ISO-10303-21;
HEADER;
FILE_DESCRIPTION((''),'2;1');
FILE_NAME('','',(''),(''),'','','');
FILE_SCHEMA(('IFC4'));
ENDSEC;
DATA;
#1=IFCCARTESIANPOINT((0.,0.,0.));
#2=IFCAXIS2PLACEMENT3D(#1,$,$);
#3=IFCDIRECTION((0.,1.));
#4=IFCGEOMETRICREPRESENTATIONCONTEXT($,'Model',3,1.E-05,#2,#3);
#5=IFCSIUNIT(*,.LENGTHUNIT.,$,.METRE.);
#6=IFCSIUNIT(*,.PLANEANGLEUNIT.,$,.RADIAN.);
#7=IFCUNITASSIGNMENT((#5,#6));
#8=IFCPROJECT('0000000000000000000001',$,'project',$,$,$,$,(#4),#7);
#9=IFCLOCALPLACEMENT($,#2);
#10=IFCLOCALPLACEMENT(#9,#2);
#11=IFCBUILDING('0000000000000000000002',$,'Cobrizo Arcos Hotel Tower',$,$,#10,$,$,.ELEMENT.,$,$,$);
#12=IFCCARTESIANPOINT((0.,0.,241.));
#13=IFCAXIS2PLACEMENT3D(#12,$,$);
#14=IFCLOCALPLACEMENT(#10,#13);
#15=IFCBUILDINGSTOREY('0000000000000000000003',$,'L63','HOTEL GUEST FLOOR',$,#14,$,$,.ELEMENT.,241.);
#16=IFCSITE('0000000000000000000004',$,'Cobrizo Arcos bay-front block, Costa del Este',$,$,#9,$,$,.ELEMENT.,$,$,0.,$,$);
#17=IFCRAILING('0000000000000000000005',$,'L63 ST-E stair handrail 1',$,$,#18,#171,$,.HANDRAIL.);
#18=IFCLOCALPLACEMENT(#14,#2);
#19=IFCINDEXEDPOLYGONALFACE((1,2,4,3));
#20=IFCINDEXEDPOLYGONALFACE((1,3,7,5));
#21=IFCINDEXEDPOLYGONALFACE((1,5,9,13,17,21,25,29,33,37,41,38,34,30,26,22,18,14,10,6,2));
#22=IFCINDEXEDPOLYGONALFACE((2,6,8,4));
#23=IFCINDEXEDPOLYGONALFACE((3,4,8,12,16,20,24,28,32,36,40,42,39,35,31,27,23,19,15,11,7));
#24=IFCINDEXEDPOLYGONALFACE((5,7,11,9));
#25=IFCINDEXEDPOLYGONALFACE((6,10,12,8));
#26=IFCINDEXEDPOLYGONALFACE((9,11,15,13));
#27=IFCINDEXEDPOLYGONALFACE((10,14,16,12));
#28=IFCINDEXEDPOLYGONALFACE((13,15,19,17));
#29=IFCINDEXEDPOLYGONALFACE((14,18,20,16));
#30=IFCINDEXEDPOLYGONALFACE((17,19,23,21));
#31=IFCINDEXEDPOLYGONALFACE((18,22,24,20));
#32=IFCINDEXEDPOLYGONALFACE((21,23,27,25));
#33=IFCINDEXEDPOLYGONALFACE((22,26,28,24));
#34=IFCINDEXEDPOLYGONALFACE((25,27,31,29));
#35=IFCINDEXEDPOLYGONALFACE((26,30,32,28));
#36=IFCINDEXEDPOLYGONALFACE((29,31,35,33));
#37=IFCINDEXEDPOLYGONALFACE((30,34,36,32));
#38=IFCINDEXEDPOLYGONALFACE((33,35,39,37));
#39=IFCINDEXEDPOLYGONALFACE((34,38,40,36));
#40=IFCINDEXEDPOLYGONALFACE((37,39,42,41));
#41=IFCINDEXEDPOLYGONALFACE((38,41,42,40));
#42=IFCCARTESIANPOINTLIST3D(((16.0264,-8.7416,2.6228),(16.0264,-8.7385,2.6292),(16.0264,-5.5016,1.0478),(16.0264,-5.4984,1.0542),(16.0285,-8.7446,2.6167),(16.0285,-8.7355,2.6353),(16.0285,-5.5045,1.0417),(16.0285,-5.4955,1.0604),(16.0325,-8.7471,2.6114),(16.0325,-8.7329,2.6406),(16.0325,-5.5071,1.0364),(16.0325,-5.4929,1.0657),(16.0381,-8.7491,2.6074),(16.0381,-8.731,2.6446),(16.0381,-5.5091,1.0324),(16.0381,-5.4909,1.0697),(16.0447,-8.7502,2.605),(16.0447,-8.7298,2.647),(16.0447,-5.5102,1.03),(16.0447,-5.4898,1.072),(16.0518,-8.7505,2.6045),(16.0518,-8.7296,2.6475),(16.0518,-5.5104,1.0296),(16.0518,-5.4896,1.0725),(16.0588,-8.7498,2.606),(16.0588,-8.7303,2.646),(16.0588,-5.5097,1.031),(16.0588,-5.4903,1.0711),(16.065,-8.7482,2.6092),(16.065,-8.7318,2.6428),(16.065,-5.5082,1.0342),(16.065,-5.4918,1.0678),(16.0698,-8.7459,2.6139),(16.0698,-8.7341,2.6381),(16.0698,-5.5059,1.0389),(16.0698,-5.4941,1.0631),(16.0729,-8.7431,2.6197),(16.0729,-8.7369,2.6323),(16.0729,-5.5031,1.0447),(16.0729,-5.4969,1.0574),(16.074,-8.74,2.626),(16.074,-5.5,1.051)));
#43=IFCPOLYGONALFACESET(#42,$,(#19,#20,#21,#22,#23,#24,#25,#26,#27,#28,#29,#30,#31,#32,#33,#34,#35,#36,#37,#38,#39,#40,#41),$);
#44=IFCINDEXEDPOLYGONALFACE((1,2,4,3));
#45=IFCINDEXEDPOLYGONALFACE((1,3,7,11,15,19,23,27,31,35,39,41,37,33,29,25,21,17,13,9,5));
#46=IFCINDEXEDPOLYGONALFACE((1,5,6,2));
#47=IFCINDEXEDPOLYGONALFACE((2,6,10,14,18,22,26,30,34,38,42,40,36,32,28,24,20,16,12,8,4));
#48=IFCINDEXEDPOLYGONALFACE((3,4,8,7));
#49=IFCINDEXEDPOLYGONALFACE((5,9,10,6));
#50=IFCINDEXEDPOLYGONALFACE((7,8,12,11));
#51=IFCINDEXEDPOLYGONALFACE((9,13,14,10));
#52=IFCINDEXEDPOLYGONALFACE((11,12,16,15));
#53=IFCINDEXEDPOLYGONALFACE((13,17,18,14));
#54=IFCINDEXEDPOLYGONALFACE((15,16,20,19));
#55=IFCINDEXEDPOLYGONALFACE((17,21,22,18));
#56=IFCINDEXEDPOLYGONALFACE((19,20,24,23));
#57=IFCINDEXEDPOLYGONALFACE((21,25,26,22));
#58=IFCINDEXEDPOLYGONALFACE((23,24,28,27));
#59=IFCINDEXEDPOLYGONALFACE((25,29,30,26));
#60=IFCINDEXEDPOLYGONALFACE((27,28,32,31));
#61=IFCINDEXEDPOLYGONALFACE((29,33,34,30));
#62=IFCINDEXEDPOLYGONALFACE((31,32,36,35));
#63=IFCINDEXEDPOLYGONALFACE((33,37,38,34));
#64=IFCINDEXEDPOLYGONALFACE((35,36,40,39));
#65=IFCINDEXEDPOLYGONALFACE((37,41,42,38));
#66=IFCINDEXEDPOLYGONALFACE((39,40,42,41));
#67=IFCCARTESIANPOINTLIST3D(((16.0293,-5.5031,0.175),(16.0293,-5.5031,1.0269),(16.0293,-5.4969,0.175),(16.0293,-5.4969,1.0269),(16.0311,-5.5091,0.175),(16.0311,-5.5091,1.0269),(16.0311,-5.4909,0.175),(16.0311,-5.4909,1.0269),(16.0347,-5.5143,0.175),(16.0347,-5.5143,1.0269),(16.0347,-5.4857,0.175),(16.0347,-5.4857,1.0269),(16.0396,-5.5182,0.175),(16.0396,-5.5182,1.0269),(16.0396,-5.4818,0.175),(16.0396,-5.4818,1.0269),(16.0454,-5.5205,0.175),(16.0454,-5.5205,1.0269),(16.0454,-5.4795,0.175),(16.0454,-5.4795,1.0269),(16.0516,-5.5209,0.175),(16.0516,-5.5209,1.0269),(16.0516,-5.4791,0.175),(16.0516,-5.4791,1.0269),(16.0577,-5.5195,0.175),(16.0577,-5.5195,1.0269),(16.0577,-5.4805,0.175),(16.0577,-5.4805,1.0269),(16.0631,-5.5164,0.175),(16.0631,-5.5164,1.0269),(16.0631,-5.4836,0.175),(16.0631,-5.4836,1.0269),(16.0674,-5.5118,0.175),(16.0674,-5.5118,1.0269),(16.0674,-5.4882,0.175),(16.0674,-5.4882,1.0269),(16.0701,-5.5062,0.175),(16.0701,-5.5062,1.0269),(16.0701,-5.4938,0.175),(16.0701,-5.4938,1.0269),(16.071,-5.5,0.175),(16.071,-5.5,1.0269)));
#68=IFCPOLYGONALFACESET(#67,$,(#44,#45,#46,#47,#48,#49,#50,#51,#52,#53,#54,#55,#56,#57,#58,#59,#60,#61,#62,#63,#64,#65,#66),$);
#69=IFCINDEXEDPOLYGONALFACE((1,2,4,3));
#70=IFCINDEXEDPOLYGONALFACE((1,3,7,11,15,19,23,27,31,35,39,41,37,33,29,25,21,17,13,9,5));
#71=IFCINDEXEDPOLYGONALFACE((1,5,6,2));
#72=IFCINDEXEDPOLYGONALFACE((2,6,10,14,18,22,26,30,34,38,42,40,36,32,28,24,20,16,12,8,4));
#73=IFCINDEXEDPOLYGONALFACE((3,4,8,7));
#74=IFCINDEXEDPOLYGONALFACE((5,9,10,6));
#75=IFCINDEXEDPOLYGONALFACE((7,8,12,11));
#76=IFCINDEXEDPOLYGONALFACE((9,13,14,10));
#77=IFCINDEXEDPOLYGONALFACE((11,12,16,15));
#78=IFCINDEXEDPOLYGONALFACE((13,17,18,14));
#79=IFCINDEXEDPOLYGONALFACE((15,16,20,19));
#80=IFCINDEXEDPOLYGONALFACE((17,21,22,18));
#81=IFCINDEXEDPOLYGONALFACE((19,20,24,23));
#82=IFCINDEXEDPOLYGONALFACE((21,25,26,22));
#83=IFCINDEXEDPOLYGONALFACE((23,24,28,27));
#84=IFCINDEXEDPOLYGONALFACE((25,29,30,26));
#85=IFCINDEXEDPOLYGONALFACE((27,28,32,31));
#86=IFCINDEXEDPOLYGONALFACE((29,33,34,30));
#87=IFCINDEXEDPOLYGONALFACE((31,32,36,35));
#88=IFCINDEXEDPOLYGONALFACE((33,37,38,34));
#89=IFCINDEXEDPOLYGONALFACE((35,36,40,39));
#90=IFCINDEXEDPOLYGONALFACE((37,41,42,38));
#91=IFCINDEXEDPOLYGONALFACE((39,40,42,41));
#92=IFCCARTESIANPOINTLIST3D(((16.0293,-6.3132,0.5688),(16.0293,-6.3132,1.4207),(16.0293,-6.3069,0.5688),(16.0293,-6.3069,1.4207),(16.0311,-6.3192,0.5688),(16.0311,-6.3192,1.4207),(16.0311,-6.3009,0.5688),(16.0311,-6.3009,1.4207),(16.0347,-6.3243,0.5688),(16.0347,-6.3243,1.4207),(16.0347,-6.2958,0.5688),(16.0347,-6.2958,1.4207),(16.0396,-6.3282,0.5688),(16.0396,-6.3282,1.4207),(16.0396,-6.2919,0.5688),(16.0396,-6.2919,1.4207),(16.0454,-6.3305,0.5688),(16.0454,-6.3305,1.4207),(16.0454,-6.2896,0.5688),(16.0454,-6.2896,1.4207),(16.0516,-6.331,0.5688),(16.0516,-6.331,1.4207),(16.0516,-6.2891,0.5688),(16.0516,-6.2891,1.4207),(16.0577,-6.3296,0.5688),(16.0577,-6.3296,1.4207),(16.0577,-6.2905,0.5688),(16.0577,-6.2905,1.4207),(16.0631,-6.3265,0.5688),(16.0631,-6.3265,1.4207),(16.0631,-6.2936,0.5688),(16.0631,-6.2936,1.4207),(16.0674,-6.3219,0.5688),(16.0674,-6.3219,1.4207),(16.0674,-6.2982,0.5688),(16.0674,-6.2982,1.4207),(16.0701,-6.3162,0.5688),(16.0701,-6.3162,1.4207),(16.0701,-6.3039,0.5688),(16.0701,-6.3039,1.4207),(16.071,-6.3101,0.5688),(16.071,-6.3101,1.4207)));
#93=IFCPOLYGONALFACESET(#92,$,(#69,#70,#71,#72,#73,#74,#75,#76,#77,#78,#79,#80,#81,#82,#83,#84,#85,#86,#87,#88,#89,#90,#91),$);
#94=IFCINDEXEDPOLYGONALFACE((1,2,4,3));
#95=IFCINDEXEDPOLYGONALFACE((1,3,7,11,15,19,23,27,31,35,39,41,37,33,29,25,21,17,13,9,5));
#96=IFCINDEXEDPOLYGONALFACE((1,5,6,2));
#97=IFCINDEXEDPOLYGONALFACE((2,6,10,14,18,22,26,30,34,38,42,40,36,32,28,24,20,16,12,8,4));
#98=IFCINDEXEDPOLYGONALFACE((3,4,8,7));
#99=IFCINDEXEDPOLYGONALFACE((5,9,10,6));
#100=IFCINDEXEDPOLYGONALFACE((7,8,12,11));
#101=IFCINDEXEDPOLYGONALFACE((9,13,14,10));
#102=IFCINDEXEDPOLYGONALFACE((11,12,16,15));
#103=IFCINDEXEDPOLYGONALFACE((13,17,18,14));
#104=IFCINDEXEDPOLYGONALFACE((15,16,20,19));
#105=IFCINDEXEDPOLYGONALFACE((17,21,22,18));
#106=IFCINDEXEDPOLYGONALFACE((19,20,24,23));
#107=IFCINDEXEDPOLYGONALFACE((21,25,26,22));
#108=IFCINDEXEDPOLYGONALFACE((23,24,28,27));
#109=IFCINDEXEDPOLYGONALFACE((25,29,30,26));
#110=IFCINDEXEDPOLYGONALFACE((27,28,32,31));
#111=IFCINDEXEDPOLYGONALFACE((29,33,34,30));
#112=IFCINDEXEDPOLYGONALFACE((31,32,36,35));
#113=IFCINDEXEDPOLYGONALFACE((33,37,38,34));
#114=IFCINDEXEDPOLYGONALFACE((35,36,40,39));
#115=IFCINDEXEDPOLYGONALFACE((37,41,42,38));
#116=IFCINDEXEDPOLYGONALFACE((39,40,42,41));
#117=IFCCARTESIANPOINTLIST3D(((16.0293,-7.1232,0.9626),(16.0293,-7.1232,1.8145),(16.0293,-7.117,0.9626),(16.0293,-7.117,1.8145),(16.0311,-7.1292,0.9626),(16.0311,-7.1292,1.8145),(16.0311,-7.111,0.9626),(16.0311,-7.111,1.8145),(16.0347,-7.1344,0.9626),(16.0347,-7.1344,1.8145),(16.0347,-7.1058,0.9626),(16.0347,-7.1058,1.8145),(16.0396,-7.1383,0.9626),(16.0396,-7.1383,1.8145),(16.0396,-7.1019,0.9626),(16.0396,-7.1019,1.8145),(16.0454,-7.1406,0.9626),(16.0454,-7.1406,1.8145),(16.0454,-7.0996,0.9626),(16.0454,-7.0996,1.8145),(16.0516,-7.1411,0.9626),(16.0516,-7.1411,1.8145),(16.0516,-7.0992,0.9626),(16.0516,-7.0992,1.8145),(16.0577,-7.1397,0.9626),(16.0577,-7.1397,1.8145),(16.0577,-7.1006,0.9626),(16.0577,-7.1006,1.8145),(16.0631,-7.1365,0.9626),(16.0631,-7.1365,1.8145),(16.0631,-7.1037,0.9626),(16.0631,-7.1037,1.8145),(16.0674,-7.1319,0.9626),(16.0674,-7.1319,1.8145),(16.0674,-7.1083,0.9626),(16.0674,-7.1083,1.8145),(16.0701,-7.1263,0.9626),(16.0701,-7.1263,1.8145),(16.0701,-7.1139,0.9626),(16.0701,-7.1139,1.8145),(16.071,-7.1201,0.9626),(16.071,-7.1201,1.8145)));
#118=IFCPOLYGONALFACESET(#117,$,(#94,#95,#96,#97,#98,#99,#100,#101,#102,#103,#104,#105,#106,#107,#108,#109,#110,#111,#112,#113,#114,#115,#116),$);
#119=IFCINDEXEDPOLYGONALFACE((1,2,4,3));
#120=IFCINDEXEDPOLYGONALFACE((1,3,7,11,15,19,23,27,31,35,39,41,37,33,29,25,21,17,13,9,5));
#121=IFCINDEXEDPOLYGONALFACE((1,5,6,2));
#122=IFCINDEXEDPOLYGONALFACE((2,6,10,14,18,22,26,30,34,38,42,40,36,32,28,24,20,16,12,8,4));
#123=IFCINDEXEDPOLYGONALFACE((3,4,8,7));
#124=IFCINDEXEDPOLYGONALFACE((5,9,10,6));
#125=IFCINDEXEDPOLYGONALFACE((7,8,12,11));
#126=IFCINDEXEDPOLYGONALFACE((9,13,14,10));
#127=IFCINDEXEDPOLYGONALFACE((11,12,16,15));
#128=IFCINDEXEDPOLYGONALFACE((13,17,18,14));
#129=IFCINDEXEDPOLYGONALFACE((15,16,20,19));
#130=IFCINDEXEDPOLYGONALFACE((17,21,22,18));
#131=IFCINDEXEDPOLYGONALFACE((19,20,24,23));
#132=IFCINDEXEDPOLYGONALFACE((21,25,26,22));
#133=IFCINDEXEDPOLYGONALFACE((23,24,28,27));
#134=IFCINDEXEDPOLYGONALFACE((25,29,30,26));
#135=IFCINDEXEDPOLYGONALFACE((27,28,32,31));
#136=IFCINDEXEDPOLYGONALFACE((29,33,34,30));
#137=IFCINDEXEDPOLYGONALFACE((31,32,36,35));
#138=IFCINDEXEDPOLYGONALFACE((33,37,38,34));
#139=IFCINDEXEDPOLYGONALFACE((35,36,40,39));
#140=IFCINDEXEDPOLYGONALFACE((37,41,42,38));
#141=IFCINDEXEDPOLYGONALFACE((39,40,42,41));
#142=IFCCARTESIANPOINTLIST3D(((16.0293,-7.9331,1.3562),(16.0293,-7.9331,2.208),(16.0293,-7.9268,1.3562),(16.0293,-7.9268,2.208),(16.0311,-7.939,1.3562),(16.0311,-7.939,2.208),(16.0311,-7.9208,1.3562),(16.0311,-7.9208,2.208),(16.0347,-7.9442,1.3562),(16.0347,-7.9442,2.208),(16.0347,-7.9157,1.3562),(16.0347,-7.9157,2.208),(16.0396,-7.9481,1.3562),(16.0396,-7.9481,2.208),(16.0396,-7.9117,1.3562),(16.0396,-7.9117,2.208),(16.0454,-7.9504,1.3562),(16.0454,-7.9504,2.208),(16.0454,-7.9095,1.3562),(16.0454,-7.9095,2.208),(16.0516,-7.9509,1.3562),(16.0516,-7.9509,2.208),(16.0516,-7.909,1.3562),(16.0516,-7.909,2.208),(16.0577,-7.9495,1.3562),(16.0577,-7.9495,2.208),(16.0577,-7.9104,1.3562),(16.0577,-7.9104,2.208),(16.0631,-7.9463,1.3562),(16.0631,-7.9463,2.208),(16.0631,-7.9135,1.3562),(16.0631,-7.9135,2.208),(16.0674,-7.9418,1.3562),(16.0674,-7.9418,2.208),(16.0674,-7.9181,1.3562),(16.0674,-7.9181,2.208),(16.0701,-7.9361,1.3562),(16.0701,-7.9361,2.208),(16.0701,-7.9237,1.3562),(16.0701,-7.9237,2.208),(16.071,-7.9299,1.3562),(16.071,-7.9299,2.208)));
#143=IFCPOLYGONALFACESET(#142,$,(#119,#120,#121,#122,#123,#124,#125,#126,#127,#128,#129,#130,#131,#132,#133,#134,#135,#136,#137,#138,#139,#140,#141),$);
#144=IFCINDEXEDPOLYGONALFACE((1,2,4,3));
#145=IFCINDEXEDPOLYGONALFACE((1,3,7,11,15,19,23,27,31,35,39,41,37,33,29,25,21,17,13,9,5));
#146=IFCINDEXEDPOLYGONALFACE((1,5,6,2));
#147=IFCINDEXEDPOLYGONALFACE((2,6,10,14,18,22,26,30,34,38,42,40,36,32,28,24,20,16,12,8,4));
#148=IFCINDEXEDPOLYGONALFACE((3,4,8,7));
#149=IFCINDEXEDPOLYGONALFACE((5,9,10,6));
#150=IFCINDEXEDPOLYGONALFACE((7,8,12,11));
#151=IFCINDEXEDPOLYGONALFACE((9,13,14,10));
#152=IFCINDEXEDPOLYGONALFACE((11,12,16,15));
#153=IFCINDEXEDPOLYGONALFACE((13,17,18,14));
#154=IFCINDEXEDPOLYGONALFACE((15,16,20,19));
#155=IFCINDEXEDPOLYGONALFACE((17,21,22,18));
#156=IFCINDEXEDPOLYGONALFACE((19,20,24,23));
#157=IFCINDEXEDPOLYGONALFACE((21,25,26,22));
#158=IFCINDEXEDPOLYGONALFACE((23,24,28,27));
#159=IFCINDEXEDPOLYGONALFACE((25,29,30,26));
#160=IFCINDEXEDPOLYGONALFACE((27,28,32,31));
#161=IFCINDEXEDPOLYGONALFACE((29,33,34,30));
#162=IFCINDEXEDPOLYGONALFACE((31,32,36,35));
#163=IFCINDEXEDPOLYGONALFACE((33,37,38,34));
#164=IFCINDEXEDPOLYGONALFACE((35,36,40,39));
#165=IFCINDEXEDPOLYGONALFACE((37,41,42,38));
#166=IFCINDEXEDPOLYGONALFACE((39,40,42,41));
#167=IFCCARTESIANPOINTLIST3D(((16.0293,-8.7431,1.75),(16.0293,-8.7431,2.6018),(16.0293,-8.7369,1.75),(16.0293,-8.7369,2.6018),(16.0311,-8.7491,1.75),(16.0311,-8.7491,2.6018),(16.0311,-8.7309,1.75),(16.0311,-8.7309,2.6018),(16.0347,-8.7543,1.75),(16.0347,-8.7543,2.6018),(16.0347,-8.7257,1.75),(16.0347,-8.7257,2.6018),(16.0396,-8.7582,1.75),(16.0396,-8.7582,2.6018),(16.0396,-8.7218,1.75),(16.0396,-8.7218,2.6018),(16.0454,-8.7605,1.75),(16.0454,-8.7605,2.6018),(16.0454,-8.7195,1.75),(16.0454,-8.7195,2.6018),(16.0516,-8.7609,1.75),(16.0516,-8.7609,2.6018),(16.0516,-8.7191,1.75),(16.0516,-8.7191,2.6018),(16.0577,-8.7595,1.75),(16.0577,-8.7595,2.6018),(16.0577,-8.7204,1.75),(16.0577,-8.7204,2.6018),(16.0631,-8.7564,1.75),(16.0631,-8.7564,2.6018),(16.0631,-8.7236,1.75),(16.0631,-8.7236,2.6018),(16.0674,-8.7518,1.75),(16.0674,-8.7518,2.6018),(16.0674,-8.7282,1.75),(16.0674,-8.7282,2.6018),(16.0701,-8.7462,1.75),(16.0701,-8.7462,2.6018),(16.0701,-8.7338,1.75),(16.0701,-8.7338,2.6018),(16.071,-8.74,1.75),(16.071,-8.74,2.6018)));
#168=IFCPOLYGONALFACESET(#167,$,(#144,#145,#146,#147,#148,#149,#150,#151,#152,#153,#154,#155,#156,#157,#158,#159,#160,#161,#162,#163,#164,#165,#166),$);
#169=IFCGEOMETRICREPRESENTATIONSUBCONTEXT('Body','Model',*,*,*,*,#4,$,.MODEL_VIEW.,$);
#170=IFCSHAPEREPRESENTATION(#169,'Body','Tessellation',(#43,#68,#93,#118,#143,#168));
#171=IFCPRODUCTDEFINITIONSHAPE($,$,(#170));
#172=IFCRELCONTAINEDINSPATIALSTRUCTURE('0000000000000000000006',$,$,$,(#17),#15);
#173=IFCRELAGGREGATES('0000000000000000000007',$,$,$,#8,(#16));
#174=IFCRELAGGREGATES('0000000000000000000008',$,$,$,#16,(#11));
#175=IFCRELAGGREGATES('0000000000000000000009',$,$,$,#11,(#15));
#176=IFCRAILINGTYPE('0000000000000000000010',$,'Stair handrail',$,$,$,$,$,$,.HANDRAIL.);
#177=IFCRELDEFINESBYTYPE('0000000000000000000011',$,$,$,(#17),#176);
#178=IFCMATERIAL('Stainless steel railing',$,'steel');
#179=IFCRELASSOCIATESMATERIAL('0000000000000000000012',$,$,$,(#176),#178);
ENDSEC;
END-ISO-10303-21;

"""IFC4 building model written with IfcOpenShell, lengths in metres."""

from ifc_helpers import new_model, si_unit, direction, frame, origin, origin_2d, place, context, subcontext, project, spatial, circle, extrude, material, type_object, element, save


model = new_model("IFC4")

# Units and contexts
model_context = context("Model", 3, precision=1e-05, world=origin(), true_north=direction((0.0, 1.0)))
body_context = subcontext(model_context, "Body", "Model", "MODEL_VIEW")
ifc_project = project(units=[si_unit("LENGTHUNIT", "METRE"), si_unit("PLANEANGLEUNIT", "RADIAN")], contexts=[model_context])

# Site, building, storey
site_placement = place(None, origin())
site = spatial("IfcSite", under=ifc_project, at=site_placement, Name="Cobrizo Arcos bay-front block, Costa del Este", CompositionType="ELEMENT", RefElevation=0.0)
building_placement = place(site_placement, origin())
building = spatial("IfcBuilding", under=site, at=building_placement, Name="Cobrizo Arcos Hotel Tower", CompositionType="ELEMENT")
storey_placement = place(building_placement, frame((0.0, 0.0, 241.0)))
storey = spatial("IfcBuildingStorey", under=building, at=storey_placement, Name="L63", Description="HOTEL GUEST FLOOR", CompositionType="ELEMENT", Elevation=241.0)

# Railing
ifc_material_1 = material(Name="Stainless steel railing", Category="steel")
railing_type_1 = type_object("IfcRailingType", Name="Stair handrail", PredefinedType="HANDRAIL", material=ifc_material_1)
railing_1_placement = place(storey_placement, frame((16.05, -5.5, 0.175)))
element("IfcRailing", 1, at=railing_1_placement, inside=storey, type_object=railing_type_1, Name="L63 ST-E stair handrail 1", PredefinedType="HANDRAIL", context=body_context, shape_type="SweptSolid", body=[
    extrude(circle(Radius=0.0239, at=origin_2d()), frame((0.0, 0.0, 0.876), z_axis=(0.0, -0.899373, 0.437183), x_axis=(1.0, 0.0, 0.0)), (0.0, 0.0, 1.0), 3.6025),
    extrude(circle(Radius=0.021, at=origin_2d()), origin(), (0.0, 0.0, 1.0), 0.8518),
    extrude(circle(Radius=0.021, at=origin_2d()), frame((0.0, -0.8101, 0.3938)), (0.0, 0.0, 1.0), 0.8518),
    extrude(circle(Radius=0.021, at=origin_2d()), frame((0.0, -1.6201, 0.7876)), (0.0, 0.0, 1.0), 0.8518),
    extrude(circle(Radius=0.021, at=origin_2d()), frame((0.0, -2.4299, 1.1812)), (0.0, 0.0, 1.0), 0.8518),
    extrude(circle(Radius=0.021, at=origin_2d()), frame((0.0, -3.24, 1.575)), (0.0, 0.0, 1.0), 0.8518),
])

save(model, "model.ifc")
